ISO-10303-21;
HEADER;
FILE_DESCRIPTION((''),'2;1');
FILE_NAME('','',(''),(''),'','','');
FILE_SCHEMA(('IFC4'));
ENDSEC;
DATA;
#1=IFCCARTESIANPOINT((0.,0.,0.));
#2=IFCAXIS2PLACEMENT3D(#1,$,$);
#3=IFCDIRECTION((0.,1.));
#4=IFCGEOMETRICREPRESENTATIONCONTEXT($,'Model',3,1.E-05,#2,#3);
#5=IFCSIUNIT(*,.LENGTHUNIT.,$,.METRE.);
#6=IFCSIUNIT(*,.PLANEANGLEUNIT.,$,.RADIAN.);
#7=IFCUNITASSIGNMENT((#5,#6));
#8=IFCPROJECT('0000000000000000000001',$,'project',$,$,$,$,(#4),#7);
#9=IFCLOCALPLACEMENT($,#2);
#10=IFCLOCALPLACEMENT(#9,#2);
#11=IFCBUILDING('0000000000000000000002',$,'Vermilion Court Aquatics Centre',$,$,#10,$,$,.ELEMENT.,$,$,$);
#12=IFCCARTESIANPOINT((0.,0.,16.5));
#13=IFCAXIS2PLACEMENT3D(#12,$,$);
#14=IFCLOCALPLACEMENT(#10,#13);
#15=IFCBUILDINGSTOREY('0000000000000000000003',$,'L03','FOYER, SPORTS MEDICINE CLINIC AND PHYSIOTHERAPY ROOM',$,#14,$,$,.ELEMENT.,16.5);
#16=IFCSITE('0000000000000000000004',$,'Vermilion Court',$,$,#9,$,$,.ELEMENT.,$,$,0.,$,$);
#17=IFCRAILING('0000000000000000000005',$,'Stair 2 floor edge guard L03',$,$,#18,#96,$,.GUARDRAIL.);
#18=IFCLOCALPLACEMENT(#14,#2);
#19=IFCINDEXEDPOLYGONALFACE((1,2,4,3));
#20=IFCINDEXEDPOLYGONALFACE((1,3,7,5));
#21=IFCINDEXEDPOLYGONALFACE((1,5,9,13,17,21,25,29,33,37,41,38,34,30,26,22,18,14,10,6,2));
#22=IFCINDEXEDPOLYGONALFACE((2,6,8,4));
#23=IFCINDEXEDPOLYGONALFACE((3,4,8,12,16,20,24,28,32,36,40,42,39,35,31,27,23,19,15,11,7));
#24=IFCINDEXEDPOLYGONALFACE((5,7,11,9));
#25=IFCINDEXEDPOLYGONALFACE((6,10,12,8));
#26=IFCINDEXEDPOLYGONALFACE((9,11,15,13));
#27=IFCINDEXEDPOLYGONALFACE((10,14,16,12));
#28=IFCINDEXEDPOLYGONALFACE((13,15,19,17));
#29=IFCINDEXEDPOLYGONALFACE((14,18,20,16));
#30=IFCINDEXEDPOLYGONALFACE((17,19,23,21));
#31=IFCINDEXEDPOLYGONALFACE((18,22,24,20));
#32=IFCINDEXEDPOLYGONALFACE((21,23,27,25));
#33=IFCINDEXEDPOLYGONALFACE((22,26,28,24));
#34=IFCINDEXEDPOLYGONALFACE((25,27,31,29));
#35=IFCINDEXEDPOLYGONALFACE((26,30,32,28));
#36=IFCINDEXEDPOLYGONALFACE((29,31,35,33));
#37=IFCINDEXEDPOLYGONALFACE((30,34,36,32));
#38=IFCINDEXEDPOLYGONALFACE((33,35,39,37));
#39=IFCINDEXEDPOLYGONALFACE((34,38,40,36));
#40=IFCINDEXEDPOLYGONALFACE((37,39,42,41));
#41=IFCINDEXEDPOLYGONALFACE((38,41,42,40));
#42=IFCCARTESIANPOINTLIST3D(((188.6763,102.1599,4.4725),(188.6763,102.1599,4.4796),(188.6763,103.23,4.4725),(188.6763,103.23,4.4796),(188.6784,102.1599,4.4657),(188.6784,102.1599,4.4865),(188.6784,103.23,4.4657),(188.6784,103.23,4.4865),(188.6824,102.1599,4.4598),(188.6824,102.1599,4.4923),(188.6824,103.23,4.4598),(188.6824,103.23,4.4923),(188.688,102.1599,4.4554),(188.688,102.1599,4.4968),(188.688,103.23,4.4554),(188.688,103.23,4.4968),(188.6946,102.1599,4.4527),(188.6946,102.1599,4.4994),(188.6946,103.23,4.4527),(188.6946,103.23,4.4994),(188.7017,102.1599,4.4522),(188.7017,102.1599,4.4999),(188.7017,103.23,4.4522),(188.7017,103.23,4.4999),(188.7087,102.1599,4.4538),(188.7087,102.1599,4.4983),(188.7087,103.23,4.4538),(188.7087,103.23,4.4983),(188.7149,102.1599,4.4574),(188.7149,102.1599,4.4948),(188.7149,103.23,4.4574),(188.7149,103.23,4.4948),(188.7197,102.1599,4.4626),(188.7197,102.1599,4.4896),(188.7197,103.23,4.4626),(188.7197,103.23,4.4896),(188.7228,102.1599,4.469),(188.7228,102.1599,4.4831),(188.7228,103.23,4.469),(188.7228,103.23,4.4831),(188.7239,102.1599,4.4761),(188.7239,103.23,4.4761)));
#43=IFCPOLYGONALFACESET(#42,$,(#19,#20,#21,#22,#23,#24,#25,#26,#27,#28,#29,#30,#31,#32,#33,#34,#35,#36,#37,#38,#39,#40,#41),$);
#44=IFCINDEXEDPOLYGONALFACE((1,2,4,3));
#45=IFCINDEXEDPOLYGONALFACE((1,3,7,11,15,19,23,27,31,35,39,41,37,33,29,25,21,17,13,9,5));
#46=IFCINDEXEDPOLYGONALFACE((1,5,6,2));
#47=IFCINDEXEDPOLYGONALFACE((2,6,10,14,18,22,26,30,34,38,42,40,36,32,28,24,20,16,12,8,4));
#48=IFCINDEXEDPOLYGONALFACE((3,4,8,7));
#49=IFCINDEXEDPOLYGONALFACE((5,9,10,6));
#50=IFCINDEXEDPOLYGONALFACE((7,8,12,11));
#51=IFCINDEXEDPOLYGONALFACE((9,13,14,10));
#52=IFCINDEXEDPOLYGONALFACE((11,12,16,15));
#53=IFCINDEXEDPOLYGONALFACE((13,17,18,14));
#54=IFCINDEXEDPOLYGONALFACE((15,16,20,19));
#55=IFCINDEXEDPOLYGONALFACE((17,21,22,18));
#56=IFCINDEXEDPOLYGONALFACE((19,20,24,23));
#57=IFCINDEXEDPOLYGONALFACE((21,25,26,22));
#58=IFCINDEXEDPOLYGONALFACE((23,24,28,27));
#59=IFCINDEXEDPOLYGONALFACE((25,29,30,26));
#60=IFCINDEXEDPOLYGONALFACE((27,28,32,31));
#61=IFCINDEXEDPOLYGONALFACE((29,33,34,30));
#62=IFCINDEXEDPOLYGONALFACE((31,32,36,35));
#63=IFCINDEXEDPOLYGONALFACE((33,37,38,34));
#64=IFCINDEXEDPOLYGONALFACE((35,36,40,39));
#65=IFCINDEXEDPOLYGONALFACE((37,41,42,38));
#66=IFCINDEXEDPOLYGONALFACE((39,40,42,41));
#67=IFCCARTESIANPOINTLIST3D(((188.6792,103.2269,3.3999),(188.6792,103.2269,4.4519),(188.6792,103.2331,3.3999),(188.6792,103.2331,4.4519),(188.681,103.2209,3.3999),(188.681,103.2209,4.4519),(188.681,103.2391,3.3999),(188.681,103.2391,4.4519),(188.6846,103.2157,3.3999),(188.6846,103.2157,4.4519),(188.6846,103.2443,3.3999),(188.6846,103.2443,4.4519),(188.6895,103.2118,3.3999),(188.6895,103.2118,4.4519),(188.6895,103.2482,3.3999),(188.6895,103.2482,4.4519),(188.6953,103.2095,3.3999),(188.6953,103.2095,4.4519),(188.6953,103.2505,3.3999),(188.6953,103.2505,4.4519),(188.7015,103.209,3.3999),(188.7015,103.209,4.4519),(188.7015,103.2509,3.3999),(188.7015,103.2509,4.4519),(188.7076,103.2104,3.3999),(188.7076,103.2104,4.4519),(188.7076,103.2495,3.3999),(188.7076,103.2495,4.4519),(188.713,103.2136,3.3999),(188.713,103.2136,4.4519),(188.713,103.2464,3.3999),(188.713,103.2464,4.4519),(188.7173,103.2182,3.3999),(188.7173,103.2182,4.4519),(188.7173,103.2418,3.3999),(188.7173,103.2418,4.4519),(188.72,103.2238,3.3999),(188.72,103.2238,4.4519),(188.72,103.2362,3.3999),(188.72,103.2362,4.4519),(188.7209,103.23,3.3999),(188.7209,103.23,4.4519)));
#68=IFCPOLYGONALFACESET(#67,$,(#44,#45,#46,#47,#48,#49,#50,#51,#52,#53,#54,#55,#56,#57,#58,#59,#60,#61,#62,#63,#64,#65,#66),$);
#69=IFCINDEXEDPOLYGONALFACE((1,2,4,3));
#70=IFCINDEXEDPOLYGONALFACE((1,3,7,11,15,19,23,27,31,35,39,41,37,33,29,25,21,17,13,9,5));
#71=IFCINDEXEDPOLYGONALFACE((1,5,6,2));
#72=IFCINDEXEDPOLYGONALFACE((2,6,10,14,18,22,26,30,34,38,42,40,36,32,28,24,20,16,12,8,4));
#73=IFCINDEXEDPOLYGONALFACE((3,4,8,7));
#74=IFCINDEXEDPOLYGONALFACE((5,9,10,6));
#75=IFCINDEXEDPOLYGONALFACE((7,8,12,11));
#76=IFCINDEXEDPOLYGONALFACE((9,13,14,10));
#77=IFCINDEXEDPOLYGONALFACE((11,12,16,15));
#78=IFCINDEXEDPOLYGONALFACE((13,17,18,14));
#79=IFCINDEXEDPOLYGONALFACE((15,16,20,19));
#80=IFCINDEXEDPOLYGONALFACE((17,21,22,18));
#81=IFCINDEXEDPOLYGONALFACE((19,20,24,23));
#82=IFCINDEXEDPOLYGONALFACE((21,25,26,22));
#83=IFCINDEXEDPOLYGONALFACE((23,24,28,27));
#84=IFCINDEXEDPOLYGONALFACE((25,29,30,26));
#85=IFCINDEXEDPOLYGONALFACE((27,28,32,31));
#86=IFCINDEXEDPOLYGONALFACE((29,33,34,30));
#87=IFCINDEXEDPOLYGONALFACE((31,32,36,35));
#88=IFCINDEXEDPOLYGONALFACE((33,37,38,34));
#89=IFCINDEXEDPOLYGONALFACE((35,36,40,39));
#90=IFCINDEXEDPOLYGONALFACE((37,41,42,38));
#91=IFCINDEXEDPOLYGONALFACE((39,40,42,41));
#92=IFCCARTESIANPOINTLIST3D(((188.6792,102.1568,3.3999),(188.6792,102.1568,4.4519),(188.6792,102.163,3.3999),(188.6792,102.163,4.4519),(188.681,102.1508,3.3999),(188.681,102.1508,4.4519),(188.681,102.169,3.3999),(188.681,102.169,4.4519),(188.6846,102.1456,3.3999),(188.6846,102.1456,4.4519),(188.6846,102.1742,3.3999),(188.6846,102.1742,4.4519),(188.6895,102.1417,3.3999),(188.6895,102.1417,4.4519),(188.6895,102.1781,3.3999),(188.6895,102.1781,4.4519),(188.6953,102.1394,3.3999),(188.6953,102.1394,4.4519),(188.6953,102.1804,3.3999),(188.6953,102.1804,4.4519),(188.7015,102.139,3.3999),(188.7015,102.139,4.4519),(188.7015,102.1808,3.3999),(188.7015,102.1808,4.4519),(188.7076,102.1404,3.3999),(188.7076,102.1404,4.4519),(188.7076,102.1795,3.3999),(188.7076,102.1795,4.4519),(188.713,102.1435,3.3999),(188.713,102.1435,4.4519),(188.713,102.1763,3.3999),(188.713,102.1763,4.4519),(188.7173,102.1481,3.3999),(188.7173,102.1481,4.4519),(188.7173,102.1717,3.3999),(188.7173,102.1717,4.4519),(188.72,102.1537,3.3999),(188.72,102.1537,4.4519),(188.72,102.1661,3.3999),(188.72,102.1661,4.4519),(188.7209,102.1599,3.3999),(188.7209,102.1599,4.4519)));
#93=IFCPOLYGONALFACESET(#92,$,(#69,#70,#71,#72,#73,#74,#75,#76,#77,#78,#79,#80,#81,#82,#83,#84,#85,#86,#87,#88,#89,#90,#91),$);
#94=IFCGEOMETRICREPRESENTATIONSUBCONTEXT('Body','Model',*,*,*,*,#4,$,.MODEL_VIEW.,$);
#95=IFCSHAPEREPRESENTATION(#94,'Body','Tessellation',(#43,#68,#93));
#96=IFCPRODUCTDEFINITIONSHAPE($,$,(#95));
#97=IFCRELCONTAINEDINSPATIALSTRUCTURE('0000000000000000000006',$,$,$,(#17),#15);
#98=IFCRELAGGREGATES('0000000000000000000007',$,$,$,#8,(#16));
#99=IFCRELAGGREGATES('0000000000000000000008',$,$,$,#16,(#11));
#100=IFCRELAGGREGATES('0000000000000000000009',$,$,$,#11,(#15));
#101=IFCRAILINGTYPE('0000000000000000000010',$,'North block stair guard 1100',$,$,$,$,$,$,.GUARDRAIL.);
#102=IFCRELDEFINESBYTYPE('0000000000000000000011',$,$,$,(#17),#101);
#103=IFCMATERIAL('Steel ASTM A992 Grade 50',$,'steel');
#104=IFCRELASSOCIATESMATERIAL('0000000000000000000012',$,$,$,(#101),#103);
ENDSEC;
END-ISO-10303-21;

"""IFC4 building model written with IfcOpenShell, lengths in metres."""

from ifc_helpers import new_model, si_unit, direction, frame, origin, origin_2d, place, context, subcontext, project, spatial, circle, extrude, material, type_object, element, save


model = new_model("IFC4")

# Units and contexts
model_context = context("Model", 3, precision=1e-05, world=origin(), true_north=direction((0.0, 1.0)))
body_context = subcontext(model_context, "Body", "Model", "MODEL_VIEW")
ifc_project = project(units=[si_unit("LENGTHUNIT", "METRE"), si_unit("PLANEANGLEUNIT", "RADIAN")], contexts=[model_context])

# Site, building, storey
site_placement = place(None, origin())
site = spatial("IfcSite", under=ifc_project, at=site_placement, Name="Vermilion Court", CompositionType="ELEMENT", RefElevation=0.0)
building_placement = place(site_placement, origin())
building = spatial("IfcBuilding", under=site, at=building_placement, Name="Vermilion Court Aquatics Centre", CompositionType="ELEMENT")
storey_placement = place(building_placement, frame((0.0, 0.0, 16.5)))
storey = spatial("IfcBuildingStorey", under=building, at=storey_placement, Name="L03", Description="FOYER, SPORTS MEDICINE CLINIC AND PHYSIOTHERAPY ROOM", CompositionType="ELEMENT", Elevation=16.5)

# Railing
ifc_material_1 = material(Name="Steel ASTM A992 Grade 50", Category="steel")
railing_type_1 = type_object("IfcRailingType", Name="North block stair guard 1100", PredefinedType="GUARDRAIL", material=ifc_material_1)
railing_1_placement = place(storey_placement, frame((188.7, 103.23, 3.3999)))
element("IfcRailing", 1, at=railing_1_placement, inside=storey, type_object=railing_type_1, Name="Stair 2 floor edge guard L03", PredefinedType="GUARDRAIL", context=body_context, shape_type="SweptSolid", body=[
    extrude(circle(Radius=0.0239, at=origin_2d()), frame((0.0, 0.0, 1.0762), z_axis=(0.0, -1.0, 0.0), x_axis=(1.0, 0.0, 0.0)), (0.0, 0.0, 1.0), 1.0701),
    extrude(circle(Radius=0.021, at=origin_2d()), origin(), (0.0, 0.0, 1.0), 1.052),
    extrude(circle(Radius=0.021, at=origin_2d()), frame((0.0, -1.0701, 0.0)), (0.0, 0.0, 1.0), 1.052),
])

save(model, "model.ifc")
